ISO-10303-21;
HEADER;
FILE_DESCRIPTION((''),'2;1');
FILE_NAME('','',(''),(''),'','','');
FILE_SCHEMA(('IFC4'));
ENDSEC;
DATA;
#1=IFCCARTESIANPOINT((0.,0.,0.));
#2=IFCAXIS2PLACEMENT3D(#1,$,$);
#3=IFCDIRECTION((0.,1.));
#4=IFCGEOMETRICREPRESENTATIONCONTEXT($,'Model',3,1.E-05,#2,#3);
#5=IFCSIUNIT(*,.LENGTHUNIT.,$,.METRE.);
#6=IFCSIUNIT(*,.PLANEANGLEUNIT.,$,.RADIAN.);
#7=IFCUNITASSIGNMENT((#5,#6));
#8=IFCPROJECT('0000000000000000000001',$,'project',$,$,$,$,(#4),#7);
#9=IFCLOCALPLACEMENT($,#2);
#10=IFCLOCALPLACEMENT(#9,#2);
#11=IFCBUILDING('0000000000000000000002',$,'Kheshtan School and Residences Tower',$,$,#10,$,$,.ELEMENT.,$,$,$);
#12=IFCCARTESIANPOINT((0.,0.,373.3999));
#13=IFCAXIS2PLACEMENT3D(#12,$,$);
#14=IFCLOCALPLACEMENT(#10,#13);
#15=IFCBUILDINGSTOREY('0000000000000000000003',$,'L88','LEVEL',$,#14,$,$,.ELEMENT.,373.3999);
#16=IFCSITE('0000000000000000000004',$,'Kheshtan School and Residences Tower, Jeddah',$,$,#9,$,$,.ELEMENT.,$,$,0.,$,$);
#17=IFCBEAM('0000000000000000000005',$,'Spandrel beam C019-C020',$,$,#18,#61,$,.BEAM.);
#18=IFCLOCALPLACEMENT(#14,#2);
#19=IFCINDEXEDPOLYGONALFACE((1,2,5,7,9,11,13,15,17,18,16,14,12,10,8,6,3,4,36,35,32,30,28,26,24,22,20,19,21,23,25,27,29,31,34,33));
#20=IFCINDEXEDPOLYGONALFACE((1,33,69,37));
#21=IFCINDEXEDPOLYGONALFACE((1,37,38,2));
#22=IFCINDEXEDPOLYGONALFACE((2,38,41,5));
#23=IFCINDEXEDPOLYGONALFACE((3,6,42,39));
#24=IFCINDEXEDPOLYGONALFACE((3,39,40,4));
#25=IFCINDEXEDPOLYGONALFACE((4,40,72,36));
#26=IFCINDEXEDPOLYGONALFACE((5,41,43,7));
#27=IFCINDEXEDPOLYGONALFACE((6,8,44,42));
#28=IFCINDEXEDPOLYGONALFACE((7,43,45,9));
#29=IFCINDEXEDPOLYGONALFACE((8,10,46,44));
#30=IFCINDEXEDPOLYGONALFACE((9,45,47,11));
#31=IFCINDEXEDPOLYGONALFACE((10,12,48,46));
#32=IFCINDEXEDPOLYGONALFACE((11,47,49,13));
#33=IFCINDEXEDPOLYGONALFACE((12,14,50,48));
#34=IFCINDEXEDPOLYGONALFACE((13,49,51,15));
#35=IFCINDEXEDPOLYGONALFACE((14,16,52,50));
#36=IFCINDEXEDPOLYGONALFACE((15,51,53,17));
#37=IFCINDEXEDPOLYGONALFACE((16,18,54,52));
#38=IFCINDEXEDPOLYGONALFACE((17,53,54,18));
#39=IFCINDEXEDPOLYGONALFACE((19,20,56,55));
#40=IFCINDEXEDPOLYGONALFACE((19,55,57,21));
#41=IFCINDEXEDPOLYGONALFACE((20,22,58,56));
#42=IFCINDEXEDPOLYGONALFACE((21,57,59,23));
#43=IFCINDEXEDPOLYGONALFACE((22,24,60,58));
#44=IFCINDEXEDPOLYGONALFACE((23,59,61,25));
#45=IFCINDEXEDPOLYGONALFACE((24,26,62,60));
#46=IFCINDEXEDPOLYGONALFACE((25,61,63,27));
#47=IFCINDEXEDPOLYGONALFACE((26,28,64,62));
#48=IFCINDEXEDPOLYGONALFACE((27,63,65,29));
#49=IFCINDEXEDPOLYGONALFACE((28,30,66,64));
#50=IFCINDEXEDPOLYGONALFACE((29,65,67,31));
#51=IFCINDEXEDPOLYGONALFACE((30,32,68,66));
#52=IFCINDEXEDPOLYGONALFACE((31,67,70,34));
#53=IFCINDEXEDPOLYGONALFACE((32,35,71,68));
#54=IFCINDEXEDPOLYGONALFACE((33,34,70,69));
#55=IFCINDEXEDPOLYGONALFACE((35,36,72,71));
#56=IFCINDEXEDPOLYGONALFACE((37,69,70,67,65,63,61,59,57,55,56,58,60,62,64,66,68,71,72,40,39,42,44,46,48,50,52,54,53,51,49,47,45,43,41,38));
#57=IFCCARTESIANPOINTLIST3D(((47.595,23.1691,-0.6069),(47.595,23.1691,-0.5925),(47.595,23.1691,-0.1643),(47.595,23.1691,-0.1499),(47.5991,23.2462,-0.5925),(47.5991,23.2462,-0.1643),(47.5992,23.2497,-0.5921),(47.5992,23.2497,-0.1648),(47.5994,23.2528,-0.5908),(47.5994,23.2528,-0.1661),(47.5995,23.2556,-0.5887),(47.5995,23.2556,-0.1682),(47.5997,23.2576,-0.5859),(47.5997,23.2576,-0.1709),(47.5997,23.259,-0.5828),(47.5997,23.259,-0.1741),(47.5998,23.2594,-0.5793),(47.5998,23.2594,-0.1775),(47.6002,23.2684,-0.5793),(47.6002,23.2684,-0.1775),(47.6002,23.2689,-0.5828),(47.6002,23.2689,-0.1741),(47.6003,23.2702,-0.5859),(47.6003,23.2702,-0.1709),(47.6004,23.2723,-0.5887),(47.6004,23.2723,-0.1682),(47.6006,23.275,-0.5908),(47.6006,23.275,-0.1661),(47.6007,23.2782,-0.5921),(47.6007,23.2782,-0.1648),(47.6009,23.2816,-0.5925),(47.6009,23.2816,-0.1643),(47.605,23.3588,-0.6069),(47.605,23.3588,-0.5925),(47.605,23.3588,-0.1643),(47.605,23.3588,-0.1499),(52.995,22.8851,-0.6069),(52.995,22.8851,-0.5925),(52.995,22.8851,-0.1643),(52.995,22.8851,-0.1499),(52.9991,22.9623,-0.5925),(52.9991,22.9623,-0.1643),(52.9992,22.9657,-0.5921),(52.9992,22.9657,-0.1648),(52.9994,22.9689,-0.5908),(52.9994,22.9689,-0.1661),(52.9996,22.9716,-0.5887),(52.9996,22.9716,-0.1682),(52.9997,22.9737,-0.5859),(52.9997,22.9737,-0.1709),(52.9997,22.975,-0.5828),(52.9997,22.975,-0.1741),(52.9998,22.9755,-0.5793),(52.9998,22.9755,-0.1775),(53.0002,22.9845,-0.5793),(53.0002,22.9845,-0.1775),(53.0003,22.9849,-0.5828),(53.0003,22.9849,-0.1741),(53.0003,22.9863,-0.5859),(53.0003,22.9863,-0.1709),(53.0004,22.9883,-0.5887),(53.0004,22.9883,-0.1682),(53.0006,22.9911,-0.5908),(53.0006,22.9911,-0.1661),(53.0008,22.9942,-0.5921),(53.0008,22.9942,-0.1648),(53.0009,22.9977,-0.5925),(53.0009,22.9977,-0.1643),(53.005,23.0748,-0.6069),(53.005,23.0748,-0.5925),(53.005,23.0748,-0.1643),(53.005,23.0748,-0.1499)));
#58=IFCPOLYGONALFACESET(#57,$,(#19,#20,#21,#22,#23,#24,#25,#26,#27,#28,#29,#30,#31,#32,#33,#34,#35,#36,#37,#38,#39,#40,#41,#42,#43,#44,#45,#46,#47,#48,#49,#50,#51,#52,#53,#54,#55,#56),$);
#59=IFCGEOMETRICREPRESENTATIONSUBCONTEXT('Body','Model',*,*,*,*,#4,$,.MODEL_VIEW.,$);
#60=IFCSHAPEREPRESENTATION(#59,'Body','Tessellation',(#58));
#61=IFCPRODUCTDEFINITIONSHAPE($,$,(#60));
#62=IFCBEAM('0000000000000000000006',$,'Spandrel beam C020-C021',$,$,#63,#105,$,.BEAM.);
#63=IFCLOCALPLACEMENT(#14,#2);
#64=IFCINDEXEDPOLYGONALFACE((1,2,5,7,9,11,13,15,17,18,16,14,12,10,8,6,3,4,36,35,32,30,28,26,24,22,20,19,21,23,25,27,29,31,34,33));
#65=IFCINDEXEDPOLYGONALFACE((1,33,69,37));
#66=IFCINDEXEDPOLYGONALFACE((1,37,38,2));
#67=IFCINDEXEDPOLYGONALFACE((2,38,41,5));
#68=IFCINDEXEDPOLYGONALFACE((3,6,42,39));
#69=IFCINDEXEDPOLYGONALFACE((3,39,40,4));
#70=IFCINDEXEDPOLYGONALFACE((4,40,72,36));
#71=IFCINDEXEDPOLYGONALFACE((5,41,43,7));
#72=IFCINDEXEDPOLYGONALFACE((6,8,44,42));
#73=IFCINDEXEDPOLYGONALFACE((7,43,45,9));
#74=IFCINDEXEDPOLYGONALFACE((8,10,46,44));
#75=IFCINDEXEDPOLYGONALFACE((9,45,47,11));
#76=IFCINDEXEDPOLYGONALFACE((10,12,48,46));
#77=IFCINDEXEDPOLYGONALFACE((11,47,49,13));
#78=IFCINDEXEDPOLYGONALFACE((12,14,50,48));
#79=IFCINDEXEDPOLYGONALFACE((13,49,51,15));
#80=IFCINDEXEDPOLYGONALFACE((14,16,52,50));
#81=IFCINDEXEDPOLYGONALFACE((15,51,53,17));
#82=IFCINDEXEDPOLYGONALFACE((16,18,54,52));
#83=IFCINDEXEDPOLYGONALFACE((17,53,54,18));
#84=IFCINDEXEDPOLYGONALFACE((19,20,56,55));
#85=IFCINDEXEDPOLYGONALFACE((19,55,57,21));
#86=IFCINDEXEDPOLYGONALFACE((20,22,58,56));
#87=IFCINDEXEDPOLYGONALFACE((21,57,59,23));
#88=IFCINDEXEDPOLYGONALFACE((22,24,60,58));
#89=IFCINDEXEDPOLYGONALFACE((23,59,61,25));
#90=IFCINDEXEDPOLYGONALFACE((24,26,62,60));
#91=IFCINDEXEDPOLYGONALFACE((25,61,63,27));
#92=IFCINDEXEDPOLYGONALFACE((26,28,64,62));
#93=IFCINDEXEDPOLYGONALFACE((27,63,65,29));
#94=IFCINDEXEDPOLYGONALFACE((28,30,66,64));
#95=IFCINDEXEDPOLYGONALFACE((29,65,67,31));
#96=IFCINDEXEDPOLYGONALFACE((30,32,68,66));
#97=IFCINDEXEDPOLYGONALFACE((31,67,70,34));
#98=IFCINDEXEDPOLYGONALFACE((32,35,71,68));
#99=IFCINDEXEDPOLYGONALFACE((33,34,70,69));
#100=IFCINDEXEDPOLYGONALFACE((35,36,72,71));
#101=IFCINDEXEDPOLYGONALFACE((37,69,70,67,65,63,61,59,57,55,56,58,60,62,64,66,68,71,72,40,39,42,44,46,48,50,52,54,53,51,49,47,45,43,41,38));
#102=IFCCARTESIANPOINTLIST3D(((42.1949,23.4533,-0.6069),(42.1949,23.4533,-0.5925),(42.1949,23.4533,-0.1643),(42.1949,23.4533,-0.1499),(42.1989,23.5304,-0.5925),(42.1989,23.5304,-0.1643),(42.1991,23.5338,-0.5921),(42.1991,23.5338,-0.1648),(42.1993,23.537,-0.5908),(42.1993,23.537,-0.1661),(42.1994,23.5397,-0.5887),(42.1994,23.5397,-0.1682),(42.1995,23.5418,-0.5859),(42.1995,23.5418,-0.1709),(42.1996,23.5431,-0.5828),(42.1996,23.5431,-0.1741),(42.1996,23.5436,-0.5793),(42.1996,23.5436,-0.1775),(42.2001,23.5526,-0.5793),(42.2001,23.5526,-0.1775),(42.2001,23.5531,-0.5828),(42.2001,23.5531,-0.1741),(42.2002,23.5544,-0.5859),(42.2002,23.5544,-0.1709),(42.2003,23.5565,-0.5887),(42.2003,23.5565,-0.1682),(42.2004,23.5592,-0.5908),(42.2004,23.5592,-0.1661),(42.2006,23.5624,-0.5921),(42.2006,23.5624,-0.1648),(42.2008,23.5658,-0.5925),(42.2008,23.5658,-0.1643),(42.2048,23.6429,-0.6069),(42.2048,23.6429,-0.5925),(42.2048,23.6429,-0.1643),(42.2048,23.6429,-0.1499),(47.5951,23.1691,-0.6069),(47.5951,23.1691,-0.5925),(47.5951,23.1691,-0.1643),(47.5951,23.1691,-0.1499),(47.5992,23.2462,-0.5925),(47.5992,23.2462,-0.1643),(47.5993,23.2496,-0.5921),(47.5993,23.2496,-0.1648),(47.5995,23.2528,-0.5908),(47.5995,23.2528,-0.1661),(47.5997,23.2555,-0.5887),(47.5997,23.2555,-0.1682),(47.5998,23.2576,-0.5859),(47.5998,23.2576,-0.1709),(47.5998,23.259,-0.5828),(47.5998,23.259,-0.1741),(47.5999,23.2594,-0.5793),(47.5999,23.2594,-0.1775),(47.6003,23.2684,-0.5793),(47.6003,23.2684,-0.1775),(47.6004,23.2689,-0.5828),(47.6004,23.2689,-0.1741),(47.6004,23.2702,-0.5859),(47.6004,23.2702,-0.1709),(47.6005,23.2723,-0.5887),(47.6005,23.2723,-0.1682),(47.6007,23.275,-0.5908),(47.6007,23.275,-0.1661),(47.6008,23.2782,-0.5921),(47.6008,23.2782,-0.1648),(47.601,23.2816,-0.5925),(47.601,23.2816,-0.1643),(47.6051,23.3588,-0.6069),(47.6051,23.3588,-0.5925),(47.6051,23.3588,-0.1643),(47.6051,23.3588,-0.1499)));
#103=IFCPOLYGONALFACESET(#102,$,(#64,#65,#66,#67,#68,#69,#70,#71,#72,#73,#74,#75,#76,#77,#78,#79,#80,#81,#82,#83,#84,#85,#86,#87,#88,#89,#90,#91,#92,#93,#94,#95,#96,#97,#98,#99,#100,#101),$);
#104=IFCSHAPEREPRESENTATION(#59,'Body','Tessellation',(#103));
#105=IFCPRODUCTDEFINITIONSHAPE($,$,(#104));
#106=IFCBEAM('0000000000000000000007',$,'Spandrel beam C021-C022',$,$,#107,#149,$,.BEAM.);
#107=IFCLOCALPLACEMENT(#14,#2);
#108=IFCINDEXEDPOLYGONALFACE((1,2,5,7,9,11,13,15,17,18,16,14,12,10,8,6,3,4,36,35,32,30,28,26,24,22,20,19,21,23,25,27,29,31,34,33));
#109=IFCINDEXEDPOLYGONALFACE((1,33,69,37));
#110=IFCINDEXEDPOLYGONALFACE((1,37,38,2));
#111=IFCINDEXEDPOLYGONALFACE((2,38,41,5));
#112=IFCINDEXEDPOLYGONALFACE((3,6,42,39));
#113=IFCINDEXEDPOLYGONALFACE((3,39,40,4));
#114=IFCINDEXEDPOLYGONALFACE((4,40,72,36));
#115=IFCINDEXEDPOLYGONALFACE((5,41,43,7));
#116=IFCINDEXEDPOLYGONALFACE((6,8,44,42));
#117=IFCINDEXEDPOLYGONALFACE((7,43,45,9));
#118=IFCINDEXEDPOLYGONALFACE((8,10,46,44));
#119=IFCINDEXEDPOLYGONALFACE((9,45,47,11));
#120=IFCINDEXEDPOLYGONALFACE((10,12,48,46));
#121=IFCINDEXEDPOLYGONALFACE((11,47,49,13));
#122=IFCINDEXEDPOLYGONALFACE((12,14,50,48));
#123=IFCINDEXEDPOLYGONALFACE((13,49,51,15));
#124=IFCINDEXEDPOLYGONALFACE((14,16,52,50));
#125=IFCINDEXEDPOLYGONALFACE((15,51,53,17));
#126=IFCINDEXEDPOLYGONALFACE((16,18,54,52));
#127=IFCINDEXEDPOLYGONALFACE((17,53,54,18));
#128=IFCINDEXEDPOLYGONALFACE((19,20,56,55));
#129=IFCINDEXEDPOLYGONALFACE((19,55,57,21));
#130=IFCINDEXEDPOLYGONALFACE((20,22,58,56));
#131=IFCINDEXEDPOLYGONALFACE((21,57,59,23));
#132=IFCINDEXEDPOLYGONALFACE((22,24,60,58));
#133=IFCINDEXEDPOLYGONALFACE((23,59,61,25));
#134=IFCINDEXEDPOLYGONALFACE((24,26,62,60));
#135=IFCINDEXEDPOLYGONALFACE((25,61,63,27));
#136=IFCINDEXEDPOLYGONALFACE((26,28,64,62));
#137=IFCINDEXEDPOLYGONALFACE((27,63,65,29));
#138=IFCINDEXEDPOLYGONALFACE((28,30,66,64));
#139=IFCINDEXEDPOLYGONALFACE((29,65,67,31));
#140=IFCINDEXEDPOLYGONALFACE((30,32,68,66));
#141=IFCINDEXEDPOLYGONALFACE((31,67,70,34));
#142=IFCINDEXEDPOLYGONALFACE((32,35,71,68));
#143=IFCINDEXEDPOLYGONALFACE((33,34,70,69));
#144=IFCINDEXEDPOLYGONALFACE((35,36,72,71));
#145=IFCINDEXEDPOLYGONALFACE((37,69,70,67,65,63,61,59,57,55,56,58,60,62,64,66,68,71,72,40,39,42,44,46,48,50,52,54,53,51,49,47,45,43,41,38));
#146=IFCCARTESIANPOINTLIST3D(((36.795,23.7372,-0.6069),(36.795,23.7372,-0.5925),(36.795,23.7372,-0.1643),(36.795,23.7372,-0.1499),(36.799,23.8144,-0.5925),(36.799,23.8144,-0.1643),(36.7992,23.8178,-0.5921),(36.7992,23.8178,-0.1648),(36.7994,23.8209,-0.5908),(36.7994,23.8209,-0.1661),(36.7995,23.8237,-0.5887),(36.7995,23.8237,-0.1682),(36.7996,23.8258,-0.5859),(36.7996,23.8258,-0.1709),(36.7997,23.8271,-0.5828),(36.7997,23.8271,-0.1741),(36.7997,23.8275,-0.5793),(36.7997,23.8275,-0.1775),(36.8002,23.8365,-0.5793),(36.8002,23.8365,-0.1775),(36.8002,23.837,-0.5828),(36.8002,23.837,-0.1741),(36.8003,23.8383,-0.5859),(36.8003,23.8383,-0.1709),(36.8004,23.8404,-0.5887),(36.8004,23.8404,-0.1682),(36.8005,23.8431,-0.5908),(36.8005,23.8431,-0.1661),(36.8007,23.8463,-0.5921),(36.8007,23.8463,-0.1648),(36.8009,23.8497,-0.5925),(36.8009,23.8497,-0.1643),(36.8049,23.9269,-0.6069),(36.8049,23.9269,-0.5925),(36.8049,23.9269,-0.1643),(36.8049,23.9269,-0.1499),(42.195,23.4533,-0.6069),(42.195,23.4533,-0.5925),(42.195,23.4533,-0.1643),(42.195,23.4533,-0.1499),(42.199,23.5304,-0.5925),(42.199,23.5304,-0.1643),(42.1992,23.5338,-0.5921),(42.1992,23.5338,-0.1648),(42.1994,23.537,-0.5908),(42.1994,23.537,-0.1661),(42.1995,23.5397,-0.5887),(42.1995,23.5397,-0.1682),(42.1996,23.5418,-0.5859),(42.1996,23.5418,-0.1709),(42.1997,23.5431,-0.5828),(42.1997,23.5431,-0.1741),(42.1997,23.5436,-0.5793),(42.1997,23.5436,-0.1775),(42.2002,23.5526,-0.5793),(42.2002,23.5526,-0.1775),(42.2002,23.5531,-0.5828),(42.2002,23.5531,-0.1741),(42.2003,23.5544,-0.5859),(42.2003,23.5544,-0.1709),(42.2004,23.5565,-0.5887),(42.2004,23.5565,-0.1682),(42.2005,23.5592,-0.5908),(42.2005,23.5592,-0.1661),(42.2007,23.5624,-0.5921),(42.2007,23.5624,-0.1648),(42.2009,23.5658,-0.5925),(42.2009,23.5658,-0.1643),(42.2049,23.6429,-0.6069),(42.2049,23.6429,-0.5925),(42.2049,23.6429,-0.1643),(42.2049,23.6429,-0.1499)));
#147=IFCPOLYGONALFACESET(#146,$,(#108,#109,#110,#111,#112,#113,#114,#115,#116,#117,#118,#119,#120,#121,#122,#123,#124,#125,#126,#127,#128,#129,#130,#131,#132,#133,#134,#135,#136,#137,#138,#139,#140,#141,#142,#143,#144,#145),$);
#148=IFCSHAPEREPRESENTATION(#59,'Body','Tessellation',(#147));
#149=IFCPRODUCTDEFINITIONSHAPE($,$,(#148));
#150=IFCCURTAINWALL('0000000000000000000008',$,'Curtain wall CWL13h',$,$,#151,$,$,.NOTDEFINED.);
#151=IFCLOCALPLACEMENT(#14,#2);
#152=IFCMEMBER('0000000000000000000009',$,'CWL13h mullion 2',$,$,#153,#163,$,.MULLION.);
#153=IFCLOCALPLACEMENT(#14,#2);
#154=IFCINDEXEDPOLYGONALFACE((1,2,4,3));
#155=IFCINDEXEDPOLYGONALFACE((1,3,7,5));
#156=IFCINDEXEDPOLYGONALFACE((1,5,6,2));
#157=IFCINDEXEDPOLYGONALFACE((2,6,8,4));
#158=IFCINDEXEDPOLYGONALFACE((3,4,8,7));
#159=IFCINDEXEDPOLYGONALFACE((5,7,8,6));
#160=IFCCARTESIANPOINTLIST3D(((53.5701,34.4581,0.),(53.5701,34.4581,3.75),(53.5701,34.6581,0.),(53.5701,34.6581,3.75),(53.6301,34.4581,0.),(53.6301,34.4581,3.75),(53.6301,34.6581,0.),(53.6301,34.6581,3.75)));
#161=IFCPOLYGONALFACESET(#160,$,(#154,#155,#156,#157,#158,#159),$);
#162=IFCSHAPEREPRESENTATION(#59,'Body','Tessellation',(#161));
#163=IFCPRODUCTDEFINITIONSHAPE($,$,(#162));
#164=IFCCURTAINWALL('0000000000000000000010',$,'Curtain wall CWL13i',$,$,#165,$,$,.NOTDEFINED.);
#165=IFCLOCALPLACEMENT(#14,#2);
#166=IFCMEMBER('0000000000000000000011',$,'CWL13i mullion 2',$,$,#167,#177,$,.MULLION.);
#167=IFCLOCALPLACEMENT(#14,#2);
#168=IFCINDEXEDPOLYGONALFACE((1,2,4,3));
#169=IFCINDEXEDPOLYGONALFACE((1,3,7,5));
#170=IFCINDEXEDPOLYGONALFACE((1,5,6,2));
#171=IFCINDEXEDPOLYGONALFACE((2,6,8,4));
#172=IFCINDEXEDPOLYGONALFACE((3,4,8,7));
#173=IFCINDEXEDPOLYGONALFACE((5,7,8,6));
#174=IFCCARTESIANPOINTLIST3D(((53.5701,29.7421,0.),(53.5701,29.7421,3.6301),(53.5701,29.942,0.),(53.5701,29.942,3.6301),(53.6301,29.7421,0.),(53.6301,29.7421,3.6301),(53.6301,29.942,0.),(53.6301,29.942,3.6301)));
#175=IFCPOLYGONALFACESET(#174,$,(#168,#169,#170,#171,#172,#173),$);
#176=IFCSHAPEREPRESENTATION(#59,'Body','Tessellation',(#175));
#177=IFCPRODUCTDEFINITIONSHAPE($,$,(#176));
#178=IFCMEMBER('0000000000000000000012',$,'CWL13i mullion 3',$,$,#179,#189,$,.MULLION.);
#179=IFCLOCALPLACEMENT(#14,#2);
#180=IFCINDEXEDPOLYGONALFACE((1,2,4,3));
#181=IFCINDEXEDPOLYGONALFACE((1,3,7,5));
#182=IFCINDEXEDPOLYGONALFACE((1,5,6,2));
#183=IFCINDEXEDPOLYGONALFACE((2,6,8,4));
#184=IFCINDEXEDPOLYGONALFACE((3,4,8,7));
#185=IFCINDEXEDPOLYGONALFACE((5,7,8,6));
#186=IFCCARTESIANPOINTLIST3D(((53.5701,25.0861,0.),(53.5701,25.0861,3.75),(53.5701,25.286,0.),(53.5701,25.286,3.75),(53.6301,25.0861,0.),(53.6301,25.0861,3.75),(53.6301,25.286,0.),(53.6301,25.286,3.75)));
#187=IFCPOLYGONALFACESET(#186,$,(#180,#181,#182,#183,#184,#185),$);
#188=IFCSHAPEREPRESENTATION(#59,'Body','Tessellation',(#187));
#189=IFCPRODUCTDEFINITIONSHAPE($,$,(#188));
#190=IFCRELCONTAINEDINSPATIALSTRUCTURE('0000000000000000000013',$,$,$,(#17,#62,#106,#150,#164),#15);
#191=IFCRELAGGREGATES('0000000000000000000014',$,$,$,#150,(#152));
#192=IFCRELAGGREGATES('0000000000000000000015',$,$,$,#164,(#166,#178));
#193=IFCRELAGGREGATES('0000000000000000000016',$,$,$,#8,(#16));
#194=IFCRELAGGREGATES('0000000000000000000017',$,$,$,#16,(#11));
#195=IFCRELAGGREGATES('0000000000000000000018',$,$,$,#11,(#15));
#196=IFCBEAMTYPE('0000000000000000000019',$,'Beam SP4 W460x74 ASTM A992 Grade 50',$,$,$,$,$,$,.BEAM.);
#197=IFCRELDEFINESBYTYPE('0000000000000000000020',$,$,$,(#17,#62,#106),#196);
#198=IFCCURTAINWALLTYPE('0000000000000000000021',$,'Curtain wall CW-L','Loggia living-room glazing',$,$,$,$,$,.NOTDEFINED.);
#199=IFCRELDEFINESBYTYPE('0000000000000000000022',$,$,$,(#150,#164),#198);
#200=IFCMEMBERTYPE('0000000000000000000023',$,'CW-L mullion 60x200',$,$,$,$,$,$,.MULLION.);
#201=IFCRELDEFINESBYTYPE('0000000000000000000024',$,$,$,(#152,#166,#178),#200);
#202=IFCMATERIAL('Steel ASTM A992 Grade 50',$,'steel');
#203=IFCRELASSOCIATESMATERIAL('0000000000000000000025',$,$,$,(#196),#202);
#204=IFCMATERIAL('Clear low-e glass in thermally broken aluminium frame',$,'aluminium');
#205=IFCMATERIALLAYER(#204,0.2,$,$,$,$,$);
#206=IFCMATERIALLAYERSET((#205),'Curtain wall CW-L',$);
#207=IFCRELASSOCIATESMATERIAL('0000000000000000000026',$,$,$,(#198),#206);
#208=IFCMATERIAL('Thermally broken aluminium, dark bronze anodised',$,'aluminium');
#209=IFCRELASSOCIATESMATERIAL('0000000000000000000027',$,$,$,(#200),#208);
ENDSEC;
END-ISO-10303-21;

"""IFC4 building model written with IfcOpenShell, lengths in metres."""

from ifc_helpers import new_model, si_unit, direction, frame, origin, origin_2d, place, context, subcontext, project, spatial, rectangle, i_section, extrude, material, layer, layer_set, material_profile, profile_set, type_object, element, aggregate, save


model = new_model("IFC4")

# Units and contexts
model_context = context("Model", 3, precision=1e-05, world=origin(), true_north=direction((0.0, 1.0)))
body_context = subcontext(model_context, "Body", "Model", "MODEL_VIEW")
ifc_project = project(units=[si_unit("LENGTHUNIT", "METRE"), si_unit("PLANEANGLEUNIT", "RADIAN")], contexts=[model_context])

# Site, building, storey
site_placement = place(None, origin())
site = spatial("IfcSite", under=ifc_project, at=site_placement, Name="Kheshtan School and Residences Tower, Jeddah", CompositionType="ELEMENT", RefElevation=0.0)
building_placement = place(site_placement, origin())
building = spatial("IfcBuilding", under=site, at=building_placement, Name="Kheshtan School and Residences Tower", CompositionType="ELEMENT")
storey_placement = place(building_placement, frame((0.0, 0.0, 373.3999)))
storey = spatial("IfcBuildingStorey", under=building, at=storey_placement, Name="L88", Description="LEVEL", CompositionType="ELEMENT", Elevation=373.3999)

# Shared definitions
ifc_material_1 = material(Name="Steel ASTM A992 Grade 50", Category="steel")

# Beams
ifc_material_profile_1 = material_profile(ifc_material_1, i_section(OverallWidth=0.1899, OverallDepth=0.457, WebThickness=0.009, FlangeThickness=0.0144, FilletRadius=0.0132, at=origin_2d()), Name="W460x74")
ifc_profile_set_1 = profile_set([ifc_material_profile_1], Name="Steel ASTM A992 Grade 50")
beam_type_1 = type_object("IfcBeamType", Name="Beam SP4 W460x74 ASTM A992 Grade 50", PredefinedType="BEAM", material=ifc_profile_set_1)
beam_1_placement = place(storey_placement, frame((53.0, 22.98, -0.3784), z_axis=(-0.99862, 0.052509, 0.0), x_axis=(-0.052509, -0.99862, 0.0)))
element("IfcBeam", 1, at=beam_1_placement, inside=storey, type_object=beam_type_1, Name="Spandrel beam C019-C020", PredefinedType="BEAM", context=body_context, shape_type="SweptSolid", body=[
    extrude(i_section(OverallWidth=0.1899, OverallDepth=0.457, WebThickness=0.009, FlangeThickness=0.0144, FilletRadius=0.0132, at=origin_2d()), origin(), (0.0, 0.0, 1.0), 5.4075),
])
beam_2_placement = place(storey_placement, frame((47.6001, 23.2639, -0.3784), z_axis=(-0.998618, 0.052552, 0.0), x_axis=(-0.052552, -0.998618, 0.0)))
element("IfcBeam", 2, at=beam_2_placement, inside=storey, type_object=beam_type_1, Name="Spandrel beam C020-C021", PredefinedType="BEAM", context=body_context, shape_type="SweptSolid", body=[
    extrude(i_section(OverallWidth=0.1899, OverallDepth=0.457, WebThickness=0.009, FlangeThickness=0.0144, FilletRadius=0.0132, at=origin_2d()), origin(), (0.0, 0.0, 1.0), 5.4077),
])
beam_3_placement = place(storey_placement, frame((42.2, 23.5481, -0.3784), z_axis=(-0.99862, 0.052509, 0.0), x_axis=(-0.052509, -0.99862, 0.0)))
element("IfcBeam", 3, at=beam_3_placement, inside=storey, type_object=beam_type_1, Name="Spandrel beam C021-C022", PredefinedType="BEAM", context=body_context, shape_type="SweptSolid", body=[
    extrude(i_section(OverallWidth=0.1899, OverallDepth=0.457, WebThickness=0.009, FlangeThickness=0.0144, FilletRadius=0.0132, at=origin_2d()), origin(), (0.0, 0.0, 1.0), 5.4075),
])

# Curtain wall, member
ifc_material_2 = material(Name="Clear low-e glass in thermally broken aluminium frame", Category="aluminium")
ifc_layer_1 = layer(ifc_material_2, 0.2)
ifc_layer_set_1 = layer_set([ifc_layer_1], Name="Curtain wall CW-L")
curtain_wall_type = type_object("IfcCurtainWallType", Name="Curtain wall CW-L", Description="Loggia living-room glazing", PredefinedType="NOTDEFINED", material=ifc_layer_set_1)
curtain_wall_1_placement = place(storey_placement, origin())
curtain_wall_1 = element("IfcCurtainWall", 4, at=curtain_wall_1_placement, inside=storey, type_object=curtain_wall_type, Name="Curtain wall CWL13h", PredefinedType="NOTDEFINED")
ifc_material_3 = material(Name="Thermally broken aluminium, dark bronze anodised", Category="aluminium")
ifc_material_profile_2 = material_profile(ifc_material_3, rectangle(XDim=0.0601, YDim=0.2, at=origin_2d()), Name="CW-L mullion 60x200")
ifc_profile_set_2 = profile_set([ifc_material_profile_2], Name="Thermally broken aluminium, dark bronze anodised")
member_type_1 = type_object("IfcMemberType", Name="CW-L mullion 60x200", PredefinedType="MULLION", material=ifc_profile_set_2)
member_1_placement = place(storey_placement, frame((53.6001, 34.5581, 0.0), z_axis=(0.0, 0.0, 1.0), x_axis=(1.0, 0.0, 0.0)))
member_1 = element("IfcMember", 5, at=member_1_placement, type_object=member_type_1, Name="CWL13h mullion 2", PredefinedType="MULLION", context=body_context, shape_type="SweptSolid", body=[
    extrude(rectangle(XDim=0.0601, YDim=0.2, at=origin_2d()), origin(), (0.0, 0.0, 1.0), 3.75),
])

# Curtain wall, members
curtain_wall_2_placement = place(storey_placement, origin())
curtain_wall_2 = element("IfcCurtainWall", 6, at=curtain_wall_2_placement, inside=storey, type_object=curtain_wall_type, Name="Curtain wall CWL13i", PredefinedType="NOTDEFINED")
member_2_placement = place(storey_placement, frame((53.6001, 29.842, 0.0), z_axis=(0.0, 0.0, 1.0), x_axis=(1.0, 0.0, 0.0)))
member_2 = element("IfcMember", 7, at=member_2_placement, type_object=member_type_1, Name="CWL13i mullion 2", PredefinedType="MULLION", context=body_context, shape_type="SweptSolid", body=[
    extrude(rectangle(XDim=0.0601, YDim=0.2, at=origin_2d()), origin(), (0.0, 0.0, 1.0), 3.6301),
])
member_3_placement = place(storey_placement, frame((53.6001, 25.186, 0.0), z_axis=(0.0, 0.0, 1.0), x_axis=(1.0, 0.0, 0.0)))
member_3 = element("IfcMember", 8, at=member_3_placement, type_object=member_type_1, Name="CWL13i mullion 3", PredefinedType="MULLION", context=body_context, shape_type="SweptSolid", body=[
    extrude(rectangle(XDim=0.0601, YDim=0.2, at=origin_2d()), origin(), (0.0, 0.0, 1.0), 3.75),
])

aggregate(curtain_wall_1, [member_1])
aggregate(curtain_wall_2, [member_2, member_3])

save(model, "model.ifc")
